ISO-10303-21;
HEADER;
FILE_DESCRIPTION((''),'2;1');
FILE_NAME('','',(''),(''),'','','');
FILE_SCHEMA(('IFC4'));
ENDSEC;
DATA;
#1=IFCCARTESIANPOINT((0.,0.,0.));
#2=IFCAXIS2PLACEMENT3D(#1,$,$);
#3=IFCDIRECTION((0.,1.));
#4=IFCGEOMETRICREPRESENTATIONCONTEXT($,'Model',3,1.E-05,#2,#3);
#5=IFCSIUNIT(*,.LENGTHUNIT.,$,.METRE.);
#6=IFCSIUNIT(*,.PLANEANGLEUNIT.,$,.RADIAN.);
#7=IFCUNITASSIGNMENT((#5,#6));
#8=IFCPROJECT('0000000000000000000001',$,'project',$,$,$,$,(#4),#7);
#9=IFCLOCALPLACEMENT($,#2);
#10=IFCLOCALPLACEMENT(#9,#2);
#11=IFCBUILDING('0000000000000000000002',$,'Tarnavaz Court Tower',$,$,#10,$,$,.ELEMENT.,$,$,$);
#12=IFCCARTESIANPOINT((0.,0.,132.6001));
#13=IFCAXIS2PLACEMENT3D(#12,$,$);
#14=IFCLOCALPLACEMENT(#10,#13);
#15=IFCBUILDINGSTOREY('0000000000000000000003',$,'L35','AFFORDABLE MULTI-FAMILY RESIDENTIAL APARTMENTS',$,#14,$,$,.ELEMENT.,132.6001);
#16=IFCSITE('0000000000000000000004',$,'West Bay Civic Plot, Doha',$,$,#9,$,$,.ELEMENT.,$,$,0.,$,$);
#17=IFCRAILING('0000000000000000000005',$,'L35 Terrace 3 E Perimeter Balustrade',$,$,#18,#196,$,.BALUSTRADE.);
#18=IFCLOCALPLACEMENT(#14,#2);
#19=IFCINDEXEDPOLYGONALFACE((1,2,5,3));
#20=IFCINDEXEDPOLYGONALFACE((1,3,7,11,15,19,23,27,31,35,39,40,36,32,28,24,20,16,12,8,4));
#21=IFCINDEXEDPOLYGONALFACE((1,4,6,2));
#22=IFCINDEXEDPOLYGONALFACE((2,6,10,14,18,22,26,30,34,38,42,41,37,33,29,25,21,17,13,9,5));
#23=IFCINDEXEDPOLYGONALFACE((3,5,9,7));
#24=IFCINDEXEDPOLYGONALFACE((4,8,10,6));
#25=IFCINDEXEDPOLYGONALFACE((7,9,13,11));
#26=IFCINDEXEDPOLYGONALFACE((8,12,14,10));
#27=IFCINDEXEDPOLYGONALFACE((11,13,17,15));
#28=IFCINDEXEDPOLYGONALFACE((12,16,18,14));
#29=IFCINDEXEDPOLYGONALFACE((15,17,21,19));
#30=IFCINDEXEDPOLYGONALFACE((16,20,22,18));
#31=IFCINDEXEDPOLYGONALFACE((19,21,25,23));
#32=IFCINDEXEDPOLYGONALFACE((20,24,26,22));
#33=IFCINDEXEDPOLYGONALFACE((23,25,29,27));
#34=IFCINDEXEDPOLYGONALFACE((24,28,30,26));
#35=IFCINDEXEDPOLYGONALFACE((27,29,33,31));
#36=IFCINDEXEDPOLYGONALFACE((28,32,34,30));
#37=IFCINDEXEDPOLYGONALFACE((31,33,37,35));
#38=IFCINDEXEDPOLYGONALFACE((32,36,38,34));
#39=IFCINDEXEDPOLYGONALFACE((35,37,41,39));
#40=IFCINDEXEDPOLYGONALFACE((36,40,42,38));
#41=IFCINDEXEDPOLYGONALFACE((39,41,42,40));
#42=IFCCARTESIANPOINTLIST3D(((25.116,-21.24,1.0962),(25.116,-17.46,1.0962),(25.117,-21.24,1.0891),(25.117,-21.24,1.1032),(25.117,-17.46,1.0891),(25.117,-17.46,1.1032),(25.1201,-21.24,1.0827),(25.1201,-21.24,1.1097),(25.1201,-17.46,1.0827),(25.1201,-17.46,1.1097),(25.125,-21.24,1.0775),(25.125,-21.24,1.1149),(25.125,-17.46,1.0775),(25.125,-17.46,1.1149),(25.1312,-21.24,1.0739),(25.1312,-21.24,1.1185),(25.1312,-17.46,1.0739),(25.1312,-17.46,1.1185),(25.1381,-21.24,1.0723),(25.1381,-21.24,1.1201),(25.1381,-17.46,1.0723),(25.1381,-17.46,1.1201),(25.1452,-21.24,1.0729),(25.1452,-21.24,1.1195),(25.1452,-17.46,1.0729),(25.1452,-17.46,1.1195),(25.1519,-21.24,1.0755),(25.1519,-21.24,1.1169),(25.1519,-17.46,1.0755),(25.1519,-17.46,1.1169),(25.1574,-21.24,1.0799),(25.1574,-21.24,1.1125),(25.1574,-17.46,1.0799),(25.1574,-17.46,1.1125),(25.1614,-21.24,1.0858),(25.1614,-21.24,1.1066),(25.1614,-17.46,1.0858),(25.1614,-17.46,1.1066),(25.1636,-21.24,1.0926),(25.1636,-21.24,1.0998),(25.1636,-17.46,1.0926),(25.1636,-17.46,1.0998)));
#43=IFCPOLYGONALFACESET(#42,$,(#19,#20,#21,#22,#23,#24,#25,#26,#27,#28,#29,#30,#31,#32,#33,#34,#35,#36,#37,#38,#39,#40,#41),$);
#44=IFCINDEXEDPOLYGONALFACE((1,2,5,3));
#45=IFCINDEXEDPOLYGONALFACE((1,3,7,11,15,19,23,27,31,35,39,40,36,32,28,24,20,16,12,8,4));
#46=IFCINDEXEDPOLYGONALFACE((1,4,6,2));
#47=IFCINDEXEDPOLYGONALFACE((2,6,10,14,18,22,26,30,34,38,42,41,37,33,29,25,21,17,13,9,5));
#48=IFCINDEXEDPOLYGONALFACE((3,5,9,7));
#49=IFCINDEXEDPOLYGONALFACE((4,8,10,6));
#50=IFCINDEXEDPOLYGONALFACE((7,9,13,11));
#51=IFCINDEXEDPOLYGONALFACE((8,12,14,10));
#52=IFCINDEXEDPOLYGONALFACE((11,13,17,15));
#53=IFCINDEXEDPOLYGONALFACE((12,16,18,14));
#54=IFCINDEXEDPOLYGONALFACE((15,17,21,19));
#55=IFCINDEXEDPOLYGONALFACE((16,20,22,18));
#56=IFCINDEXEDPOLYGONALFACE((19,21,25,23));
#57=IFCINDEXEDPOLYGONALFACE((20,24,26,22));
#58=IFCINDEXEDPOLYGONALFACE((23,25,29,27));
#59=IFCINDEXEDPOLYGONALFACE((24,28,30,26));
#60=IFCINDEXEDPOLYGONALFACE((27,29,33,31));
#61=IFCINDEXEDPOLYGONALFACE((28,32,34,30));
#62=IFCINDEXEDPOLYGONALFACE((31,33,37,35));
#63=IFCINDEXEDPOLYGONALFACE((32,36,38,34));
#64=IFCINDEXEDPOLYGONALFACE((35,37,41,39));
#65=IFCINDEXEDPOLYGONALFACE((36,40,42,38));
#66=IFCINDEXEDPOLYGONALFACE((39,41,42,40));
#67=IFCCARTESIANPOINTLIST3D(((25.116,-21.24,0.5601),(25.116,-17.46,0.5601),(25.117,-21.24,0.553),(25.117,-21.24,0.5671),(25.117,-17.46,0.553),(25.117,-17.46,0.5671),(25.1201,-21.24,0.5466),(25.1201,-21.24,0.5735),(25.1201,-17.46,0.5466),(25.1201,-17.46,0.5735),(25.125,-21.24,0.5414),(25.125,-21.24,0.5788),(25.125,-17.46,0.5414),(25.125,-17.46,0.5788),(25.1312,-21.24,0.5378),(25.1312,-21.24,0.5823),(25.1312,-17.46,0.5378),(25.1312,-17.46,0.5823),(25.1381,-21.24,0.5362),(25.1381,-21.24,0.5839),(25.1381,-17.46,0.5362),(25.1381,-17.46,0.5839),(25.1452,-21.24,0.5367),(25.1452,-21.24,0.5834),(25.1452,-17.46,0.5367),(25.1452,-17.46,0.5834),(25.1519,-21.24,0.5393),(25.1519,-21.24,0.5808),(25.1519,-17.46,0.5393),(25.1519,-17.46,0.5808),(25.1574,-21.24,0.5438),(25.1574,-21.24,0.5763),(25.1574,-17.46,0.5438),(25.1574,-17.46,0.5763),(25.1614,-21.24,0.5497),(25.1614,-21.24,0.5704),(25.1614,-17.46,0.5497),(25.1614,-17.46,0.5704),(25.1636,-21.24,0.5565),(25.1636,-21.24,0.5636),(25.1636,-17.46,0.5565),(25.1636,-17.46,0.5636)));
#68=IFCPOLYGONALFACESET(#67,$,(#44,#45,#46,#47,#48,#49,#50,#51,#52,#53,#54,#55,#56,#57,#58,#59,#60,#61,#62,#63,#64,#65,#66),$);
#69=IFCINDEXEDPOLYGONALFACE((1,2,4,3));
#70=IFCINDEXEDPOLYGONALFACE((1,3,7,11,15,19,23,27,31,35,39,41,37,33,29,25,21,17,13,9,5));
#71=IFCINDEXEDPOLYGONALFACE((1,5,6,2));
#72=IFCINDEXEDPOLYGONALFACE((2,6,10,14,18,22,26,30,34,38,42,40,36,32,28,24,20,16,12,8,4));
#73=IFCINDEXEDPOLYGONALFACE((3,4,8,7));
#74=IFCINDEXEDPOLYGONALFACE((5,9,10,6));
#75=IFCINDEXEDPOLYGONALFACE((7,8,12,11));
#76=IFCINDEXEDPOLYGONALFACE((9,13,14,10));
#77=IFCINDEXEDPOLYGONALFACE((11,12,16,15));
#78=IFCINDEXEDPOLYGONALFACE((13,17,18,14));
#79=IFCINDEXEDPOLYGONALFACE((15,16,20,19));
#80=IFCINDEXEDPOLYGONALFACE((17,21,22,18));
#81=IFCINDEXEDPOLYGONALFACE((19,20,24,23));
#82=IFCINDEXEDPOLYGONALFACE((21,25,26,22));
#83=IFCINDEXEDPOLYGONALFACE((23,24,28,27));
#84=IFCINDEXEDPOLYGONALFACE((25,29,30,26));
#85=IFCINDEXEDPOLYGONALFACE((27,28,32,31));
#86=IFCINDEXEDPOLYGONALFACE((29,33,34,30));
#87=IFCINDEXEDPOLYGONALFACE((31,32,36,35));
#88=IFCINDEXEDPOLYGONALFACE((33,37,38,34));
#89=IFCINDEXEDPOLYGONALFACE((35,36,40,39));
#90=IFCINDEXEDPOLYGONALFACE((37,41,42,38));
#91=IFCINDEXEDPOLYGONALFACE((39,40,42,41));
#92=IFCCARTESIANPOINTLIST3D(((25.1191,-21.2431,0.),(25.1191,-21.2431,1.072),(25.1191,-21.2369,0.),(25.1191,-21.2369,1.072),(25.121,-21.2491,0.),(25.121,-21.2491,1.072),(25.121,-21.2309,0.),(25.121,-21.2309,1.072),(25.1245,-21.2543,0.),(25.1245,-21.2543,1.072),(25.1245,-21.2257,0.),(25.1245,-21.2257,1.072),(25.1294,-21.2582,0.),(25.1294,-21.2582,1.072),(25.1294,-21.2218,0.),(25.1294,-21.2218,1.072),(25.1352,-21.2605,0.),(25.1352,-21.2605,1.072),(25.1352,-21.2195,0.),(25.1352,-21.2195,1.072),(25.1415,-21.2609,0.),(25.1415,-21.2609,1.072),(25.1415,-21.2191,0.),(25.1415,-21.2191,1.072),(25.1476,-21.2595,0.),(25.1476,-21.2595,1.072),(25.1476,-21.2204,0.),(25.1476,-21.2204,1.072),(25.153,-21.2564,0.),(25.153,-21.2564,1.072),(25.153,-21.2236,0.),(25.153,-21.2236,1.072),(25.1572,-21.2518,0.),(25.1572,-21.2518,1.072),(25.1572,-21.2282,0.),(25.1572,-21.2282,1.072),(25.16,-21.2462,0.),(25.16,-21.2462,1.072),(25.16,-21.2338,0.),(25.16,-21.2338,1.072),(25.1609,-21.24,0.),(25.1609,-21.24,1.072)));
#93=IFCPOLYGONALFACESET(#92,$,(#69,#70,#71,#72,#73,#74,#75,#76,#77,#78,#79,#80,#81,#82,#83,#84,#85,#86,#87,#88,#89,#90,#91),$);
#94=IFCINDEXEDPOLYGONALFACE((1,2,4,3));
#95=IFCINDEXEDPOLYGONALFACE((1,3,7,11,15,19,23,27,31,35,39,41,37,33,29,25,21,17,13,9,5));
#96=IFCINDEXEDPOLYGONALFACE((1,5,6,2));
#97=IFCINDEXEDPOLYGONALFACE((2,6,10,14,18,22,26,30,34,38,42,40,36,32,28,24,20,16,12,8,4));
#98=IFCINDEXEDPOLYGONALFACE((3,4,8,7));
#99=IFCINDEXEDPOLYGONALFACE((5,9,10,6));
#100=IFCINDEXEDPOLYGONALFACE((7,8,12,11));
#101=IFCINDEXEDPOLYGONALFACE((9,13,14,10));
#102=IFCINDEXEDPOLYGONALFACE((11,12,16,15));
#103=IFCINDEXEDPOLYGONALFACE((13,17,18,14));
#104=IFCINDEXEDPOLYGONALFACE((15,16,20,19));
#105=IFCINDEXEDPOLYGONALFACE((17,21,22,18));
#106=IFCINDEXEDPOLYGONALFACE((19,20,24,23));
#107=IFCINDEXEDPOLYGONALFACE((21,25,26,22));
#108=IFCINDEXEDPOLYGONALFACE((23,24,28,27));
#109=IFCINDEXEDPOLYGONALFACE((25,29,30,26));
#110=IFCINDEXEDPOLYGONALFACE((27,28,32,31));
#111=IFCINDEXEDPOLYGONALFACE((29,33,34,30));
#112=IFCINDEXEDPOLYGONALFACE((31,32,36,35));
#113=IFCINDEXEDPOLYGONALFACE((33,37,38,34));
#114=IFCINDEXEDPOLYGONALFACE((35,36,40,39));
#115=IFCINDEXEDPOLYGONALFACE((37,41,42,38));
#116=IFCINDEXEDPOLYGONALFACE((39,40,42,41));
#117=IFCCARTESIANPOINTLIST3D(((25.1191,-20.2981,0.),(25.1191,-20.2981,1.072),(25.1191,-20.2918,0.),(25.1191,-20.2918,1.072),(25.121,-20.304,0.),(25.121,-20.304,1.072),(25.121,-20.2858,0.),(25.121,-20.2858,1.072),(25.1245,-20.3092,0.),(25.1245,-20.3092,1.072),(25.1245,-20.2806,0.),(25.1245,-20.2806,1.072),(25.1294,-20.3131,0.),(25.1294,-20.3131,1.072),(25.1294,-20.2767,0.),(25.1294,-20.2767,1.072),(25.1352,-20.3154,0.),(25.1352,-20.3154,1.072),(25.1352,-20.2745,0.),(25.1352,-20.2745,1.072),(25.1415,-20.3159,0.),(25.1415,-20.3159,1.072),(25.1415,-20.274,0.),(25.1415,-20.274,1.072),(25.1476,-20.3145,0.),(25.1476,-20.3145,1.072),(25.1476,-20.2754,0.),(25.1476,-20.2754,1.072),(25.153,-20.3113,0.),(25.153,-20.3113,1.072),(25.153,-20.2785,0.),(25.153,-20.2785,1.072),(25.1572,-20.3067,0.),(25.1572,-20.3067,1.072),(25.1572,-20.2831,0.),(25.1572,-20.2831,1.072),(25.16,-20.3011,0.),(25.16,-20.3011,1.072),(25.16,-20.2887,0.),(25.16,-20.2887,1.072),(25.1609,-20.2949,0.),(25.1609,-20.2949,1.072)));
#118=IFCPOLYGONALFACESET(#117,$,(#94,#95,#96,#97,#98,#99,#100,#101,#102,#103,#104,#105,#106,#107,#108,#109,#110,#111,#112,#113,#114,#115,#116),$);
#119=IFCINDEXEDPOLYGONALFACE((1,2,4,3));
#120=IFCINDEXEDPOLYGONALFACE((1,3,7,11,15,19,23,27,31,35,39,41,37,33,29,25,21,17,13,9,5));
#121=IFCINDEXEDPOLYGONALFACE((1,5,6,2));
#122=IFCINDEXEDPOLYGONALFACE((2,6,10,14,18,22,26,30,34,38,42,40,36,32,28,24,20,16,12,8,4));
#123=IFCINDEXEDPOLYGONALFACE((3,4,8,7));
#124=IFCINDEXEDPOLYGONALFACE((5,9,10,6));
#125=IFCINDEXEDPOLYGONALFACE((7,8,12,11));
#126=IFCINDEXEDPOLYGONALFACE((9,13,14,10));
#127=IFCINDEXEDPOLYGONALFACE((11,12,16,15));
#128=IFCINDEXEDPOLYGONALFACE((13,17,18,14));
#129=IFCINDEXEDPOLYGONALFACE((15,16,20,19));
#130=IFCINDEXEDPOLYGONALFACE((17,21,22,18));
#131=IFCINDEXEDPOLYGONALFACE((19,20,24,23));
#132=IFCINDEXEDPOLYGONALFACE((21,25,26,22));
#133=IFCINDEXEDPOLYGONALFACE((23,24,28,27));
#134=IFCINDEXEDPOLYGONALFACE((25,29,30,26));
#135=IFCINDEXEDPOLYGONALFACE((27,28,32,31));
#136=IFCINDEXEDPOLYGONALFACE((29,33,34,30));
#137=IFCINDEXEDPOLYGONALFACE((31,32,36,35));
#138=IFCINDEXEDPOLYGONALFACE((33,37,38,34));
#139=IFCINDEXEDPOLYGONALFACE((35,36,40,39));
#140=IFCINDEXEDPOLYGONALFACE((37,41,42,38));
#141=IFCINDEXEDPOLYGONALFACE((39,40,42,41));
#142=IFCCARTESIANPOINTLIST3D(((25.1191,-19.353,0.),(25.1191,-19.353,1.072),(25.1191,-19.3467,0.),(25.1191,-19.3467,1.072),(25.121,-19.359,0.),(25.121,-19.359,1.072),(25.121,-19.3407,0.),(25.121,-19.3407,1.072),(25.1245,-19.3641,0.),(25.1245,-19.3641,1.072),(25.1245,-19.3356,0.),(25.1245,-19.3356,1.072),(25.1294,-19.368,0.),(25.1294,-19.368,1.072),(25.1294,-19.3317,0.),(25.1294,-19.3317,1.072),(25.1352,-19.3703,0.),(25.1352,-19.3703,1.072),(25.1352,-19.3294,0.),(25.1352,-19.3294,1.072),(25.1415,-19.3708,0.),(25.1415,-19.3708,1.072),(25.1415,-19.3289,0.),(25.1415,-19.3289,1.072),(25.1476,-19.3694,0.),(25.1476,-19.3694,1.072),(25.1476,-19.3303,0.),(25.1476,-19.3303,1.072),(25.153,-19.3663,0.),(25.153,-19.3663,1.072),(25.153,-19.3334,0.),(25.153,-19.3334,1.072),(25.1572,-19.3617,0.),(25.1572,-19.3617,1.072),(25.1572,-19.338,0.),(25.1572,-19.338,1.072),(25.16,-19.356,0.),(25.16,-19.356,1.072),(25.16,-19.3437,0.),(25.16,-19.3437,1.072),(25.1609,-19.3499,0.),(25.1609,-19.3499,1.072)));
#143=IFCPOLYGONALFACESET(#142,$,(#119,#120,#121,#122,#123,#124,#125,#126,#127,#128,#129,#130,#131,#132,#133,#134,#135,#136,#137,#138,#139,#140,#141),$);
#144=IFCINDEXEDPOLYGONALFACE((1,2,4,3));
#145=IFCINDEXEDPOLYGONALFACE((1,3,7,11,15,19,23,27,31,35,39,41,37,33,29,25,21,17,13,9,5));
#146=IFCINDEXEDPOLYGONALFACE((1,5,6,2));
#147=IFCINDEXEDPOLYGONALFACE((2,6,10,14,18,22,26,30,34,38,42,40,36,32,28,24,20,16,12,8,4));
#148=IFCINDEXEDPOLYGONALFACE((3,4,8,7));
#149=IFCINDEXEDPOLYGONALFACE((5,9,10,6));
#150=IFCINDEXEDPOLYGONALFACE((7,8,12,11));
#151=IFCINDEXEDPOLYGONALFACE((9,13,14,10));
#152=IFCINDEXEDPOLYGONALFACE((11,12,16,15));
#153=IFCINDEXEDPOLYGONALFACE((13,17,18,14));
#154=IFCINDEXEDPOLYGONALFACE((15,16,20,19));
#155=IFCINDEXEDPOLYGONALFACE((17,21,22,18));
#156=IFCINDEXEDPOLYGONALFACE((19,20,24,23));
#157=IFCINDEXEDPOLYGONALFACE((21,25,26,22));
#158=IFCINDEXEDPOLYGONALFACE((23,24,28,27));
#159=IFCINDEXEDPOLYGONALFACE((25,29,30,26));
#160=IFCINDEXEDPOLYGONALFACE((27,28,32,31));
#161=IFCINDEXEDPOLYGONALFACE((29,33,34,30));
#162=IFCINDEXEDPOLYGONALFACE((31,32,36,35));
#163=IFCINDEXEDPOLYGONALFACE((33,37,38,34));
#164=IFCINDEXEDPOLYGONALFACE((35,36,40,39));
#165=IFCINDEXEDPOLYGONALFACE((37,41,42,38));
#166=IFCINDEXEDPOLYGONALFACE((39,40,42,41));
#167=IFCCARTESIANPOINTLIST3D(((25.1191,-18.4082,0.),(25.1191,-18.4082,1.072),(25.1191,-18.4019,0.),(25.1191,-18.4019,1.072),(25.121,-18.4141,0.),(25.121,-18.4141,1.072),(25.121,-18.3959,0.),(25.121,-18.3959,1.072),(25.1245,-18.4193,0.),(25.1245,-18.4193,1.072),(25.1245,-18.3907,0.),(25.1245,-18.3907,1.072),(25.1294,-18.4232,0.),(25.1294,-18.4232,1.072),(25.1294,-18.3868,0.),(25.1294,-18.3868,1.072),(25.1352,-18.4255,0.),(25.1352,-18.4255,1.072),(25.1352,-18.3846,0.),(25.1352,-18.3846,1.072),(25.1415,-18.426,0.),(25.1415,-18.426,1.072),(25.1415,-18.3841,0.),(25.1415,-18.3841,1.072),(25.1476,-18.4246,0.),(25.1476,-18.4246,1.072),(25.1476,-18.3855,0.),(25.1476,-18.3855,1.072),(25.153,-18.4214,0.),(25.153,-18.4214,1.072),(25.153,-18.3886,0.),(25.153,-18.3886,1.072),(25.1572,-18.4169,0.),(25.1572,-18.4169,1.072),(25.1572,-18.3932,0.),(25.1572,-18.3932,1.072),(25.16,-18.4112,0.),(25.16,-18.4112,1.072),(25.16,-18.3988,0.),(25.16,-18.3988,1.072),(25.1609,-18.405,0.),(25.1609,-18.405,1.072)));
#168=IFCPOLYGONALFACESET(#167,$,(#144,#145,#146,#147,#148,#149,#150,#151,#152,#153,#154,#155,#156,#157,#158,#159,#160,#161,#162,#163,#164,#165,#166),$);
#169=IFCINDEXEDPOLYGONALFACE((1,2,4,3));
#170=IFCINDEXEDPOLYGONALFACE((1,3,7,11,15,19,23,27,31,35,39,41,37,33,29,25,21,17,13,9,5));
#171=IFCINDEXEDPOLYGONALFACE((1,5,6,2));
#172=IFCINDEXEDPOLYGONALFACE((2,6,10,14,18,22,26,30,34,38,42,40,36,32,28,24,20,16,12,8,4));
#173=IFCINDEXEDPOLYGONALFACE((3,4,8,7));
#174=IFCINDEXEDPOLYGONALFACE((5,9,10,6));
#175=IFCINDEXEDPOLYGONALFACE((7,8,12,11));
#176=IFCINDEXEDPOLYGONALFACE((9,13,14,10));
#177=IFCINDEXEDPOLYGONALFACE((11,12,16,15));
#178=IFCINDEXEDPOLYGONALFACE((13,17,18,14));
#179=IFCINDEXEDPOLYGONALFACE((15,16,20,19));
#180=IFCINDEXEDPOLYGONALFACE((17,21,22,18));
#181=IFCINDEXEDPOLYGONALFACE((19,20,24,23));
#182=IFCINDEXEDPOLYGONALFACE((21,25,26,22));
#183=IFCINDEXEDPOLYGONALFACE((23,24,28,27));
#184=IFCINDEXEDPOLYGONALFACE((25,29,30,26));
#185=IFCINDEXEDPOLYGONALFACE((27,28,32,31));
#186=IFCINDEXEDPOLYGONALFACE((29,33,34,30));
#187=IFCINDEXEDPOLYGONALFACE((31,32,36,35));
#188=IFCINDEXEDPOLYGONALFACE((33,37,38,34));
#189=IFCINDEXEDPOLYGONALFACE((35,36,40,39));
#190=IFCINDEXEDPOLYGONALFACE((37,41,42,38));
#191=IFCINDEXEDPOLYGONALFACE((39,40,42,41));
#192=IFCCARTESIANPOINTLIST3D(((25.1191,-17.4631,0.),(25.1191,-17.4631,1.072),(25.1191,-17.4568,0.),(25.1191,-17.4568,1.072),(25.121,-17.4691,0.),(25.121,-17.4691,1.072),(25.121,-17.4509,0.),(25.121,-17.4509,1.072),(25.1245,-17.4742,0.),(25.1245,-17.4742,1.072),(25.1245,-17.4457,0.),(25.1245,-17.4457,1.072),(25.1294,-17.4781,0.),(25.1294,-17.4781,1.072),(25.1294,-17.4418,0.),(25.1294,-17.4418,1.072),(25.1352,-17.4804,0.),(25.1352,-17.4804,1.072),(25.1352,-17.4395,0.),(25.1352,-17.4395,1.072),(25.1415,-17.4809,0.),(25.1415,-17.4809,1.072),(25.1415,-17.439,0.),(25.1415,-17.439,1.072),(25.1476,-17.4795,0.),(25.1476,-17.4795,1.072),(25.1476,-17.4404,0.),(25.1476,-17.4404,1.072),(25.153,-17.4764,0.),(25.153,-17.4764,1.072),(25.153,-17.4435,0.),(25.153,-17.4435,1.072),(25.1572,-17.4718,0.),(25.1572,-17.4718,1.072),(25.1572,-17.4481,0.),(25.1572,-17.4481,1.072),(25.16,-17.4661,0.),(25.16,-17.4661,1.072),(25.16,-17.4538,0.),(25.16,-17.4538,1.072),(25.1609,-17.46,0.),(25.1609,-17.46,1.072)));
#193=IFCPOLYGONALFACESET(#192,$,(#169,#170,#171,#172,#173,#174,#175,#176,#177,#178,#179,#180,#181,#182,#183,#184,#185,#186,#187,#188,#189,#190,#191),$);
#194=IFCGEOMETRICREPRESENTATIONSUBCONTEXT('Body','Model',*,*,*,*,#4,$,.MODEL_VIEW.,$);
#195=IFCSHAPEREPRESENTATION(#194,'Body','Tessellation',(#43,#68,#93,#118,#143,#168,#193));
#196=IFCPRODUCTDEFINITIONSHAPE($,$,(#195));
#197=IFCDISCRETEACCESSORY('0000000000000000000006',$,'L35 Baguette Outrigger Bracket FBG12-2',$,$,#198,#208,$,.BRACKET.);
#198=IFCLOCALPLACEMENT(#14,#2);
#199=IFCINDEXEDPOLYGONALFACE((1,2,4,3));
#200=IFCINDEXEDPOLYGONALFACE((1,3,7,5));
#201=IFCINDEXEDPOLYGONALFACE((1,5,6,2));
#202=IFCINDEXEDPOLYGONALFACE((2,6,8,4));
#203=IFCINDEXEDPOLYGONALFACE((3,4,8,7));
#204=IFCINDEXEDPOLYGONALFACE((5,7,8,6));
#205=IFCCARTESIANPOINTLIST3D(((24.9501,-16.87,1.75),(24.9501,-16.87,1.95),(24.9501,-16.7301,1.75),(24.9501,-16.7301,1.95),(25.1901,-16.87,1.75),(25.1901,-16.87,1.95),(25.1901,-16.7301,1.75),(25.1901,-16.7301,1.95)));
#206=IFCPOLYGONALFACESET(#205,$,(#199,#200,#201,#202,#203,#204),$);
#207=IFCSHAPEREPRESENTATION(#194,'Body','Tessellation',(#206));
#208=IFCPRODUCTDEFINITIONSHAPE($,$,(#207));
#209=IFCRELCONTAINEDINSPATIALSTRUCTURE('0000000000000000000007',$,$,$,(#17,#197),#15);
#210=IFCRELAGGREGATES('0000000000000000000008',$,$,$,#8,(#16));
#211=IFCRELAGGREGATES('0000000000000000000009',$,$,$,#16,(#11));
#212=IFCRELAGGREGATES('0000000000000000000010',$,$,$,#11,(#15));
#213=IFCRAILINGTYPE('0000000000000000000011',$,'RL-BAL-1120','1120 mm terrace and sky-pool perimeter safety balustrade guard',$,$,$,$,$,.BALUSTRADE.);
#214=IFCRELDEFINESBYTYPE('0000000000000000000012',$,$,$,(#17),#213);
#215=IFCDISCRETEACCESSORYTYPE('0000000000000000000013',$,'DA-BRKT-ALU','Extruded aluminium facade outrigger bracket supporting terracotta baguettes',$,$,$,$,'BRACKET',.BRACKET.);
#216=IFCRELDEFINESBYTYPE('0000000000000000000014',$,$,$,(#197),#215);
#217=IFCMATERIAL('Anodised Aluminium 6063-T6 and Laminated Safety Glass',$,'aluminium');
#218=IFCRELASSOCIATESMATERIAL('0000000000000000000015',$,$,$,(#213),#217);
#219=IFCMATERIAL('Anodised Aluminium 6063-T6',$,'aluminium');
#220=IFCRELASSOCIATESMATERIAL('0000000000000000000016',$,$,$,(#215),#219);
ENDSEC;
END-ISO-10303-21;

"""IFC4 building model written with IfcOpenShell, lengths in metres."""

from ifc_helpers import new_model, si_unit, direction, frame, origin, origin_2d, place, context, subcontext, project, spatial, rectangle, circle, extrude, material, type_object, element, save


model = new_model("IFC4")

# Units and contexts
model_context = context("Model", 3, precision=1e-05, world=origin(), true_north=direction((0.0, 1.0)))
body_context = subcontext(model_context, "Body", "Model", "MODEL_VIEW")
ifc_project = project(units=[si_unit("LENGTHUNIT", "METRE"), si_unit("PLANEANGLEUNIT", "RADIAN")], contexts=[model_context])

# Site, building, storey
site_placement = place(None, origin())
site = spatial("IfcSite", under=ifc_project, at=site_placement, Name="West Bay Civic Plot, Doha", CompositionType="ELEMENT", RefElevation=0.0)
building_placement = place(site_placement, origin())
building = spatial("IfcBuilding", under=site, at=building_placement, Name="Tarnavaz Court Tower", CompositionType="ELEMENT")
storey_placement = place(building_placement, frame((0.0, 0.0, 132.6001)))
storey = spatial("IfcBuildingStorey", under=building, at=storey_placement, Name="L35", Description="AFFORDABLE MULTI-FAMILY RESIDENTIAL APARTMENTS", CompositionType="ELEMENT", Elevation=132.6001)

# Railing
ifc_material_1 = material(Name="Anodised Aluminium 6063-T6 and Laminated Safety Glass", Category="aluminium")
railing_type = type_object("IfcRailingType", Name="RL-BAL-1120", Description="1120 mm terrace and sky-pool perimeter safety balustrade guard", PredefinedType="BALUSTRADE", material=ifc_material_1)
railing_1_placement = place(storey_placement, frame((25.1399, -21.24, 0.0)))
element("IfcRailing", 1, at=railing_1_placement, inside=storey, type_object=railing_type, Name="L35 Terrace 3 E Perimeter Balustrade", PredefinedType="BALUSTRADE", context=body_context, shape_type="SweptSolid", body=[
    extrude(circle(Radius=0.0239, at=origin_2d()), frame((0.0, 0.0, 1.0962), z_axis=(0.0, 1.0, 0.0), x_axis=(-1.0, 0.0, 0.0)), (0.0, 0.0, 1.0), 3.78),
    extrude(circle(Radius=0.0239, at=origin_2d()), frame((0.0, 0.0, 0.5601), z_axis=(0.0, 1.0, 0.0), x_axis=(-1.0, 0.0, 0.0)), (0.0, 0.0, 1.0), 3.78),
    extrude(circle(Radius=0.021, at=origin_2d()), origin(), (0.0, 0.0, 1.0), 1.072),
    extrude(circle(Radius=0.021, at=origin_2d()), frame((0.0, 0.9451, 0.0)), (0.0, 0.0, 1.0), 1.072),
    extrude(circle(Radius=0.021, at=origin_2d()), frame((0.0, 1.8901, 0.0)), (0.0, 0.0, 1.0), 1.072),
    extrude(circle(Radius=0.021, at=origin_2d()), frame((0.0, 2.835, 0.0)), (0.0, 0.0, 1.0), 1.072),
    extrude(circle(Radius=0.021, at=origin_2d()), frame((0.0, 3.78, 0.0)), (0.0, 0.0, 1.0), 1.072),
])

# Discrete accessory
ifc_material_2 = material(Name="Anodised Aluminium 6063-T6", Category="aluminium")
discrete_accessory_type = type_object("IfcDiscreteAccessoryType", Name="DA-BRKT-ALU", Description="Extruded aluminium facade outrigger bracket supporting terracotta baguettes", ElementType="BRACKET", PredefinedType="BRACKET", material=ifc_material_2)
discrete_accessory_placement = place(storey_placement, frame((25.0701, -16.8, 1.75), z_axis=(0.0, 0.0, 1.0), x_axis=(0.0, -1.0, 0.0)))
element("IfcDiscreteAccessory", 2, at=discrete_accessory_placement, inside=storey, type_object=discrete_accessory_type, Name="L35 Baguette Outrigger Bracket FBG12-2", PredefinedType="BRACKET", context=body_context, shape_type="SweptSolid", body=[
    extrude(rectangle(XDim=0.1399, YDim=0.24, at=origin_2d()), origin(), (0.0, 0.0, 1.0), 0.2),
])

save(model, "model.ifc")
